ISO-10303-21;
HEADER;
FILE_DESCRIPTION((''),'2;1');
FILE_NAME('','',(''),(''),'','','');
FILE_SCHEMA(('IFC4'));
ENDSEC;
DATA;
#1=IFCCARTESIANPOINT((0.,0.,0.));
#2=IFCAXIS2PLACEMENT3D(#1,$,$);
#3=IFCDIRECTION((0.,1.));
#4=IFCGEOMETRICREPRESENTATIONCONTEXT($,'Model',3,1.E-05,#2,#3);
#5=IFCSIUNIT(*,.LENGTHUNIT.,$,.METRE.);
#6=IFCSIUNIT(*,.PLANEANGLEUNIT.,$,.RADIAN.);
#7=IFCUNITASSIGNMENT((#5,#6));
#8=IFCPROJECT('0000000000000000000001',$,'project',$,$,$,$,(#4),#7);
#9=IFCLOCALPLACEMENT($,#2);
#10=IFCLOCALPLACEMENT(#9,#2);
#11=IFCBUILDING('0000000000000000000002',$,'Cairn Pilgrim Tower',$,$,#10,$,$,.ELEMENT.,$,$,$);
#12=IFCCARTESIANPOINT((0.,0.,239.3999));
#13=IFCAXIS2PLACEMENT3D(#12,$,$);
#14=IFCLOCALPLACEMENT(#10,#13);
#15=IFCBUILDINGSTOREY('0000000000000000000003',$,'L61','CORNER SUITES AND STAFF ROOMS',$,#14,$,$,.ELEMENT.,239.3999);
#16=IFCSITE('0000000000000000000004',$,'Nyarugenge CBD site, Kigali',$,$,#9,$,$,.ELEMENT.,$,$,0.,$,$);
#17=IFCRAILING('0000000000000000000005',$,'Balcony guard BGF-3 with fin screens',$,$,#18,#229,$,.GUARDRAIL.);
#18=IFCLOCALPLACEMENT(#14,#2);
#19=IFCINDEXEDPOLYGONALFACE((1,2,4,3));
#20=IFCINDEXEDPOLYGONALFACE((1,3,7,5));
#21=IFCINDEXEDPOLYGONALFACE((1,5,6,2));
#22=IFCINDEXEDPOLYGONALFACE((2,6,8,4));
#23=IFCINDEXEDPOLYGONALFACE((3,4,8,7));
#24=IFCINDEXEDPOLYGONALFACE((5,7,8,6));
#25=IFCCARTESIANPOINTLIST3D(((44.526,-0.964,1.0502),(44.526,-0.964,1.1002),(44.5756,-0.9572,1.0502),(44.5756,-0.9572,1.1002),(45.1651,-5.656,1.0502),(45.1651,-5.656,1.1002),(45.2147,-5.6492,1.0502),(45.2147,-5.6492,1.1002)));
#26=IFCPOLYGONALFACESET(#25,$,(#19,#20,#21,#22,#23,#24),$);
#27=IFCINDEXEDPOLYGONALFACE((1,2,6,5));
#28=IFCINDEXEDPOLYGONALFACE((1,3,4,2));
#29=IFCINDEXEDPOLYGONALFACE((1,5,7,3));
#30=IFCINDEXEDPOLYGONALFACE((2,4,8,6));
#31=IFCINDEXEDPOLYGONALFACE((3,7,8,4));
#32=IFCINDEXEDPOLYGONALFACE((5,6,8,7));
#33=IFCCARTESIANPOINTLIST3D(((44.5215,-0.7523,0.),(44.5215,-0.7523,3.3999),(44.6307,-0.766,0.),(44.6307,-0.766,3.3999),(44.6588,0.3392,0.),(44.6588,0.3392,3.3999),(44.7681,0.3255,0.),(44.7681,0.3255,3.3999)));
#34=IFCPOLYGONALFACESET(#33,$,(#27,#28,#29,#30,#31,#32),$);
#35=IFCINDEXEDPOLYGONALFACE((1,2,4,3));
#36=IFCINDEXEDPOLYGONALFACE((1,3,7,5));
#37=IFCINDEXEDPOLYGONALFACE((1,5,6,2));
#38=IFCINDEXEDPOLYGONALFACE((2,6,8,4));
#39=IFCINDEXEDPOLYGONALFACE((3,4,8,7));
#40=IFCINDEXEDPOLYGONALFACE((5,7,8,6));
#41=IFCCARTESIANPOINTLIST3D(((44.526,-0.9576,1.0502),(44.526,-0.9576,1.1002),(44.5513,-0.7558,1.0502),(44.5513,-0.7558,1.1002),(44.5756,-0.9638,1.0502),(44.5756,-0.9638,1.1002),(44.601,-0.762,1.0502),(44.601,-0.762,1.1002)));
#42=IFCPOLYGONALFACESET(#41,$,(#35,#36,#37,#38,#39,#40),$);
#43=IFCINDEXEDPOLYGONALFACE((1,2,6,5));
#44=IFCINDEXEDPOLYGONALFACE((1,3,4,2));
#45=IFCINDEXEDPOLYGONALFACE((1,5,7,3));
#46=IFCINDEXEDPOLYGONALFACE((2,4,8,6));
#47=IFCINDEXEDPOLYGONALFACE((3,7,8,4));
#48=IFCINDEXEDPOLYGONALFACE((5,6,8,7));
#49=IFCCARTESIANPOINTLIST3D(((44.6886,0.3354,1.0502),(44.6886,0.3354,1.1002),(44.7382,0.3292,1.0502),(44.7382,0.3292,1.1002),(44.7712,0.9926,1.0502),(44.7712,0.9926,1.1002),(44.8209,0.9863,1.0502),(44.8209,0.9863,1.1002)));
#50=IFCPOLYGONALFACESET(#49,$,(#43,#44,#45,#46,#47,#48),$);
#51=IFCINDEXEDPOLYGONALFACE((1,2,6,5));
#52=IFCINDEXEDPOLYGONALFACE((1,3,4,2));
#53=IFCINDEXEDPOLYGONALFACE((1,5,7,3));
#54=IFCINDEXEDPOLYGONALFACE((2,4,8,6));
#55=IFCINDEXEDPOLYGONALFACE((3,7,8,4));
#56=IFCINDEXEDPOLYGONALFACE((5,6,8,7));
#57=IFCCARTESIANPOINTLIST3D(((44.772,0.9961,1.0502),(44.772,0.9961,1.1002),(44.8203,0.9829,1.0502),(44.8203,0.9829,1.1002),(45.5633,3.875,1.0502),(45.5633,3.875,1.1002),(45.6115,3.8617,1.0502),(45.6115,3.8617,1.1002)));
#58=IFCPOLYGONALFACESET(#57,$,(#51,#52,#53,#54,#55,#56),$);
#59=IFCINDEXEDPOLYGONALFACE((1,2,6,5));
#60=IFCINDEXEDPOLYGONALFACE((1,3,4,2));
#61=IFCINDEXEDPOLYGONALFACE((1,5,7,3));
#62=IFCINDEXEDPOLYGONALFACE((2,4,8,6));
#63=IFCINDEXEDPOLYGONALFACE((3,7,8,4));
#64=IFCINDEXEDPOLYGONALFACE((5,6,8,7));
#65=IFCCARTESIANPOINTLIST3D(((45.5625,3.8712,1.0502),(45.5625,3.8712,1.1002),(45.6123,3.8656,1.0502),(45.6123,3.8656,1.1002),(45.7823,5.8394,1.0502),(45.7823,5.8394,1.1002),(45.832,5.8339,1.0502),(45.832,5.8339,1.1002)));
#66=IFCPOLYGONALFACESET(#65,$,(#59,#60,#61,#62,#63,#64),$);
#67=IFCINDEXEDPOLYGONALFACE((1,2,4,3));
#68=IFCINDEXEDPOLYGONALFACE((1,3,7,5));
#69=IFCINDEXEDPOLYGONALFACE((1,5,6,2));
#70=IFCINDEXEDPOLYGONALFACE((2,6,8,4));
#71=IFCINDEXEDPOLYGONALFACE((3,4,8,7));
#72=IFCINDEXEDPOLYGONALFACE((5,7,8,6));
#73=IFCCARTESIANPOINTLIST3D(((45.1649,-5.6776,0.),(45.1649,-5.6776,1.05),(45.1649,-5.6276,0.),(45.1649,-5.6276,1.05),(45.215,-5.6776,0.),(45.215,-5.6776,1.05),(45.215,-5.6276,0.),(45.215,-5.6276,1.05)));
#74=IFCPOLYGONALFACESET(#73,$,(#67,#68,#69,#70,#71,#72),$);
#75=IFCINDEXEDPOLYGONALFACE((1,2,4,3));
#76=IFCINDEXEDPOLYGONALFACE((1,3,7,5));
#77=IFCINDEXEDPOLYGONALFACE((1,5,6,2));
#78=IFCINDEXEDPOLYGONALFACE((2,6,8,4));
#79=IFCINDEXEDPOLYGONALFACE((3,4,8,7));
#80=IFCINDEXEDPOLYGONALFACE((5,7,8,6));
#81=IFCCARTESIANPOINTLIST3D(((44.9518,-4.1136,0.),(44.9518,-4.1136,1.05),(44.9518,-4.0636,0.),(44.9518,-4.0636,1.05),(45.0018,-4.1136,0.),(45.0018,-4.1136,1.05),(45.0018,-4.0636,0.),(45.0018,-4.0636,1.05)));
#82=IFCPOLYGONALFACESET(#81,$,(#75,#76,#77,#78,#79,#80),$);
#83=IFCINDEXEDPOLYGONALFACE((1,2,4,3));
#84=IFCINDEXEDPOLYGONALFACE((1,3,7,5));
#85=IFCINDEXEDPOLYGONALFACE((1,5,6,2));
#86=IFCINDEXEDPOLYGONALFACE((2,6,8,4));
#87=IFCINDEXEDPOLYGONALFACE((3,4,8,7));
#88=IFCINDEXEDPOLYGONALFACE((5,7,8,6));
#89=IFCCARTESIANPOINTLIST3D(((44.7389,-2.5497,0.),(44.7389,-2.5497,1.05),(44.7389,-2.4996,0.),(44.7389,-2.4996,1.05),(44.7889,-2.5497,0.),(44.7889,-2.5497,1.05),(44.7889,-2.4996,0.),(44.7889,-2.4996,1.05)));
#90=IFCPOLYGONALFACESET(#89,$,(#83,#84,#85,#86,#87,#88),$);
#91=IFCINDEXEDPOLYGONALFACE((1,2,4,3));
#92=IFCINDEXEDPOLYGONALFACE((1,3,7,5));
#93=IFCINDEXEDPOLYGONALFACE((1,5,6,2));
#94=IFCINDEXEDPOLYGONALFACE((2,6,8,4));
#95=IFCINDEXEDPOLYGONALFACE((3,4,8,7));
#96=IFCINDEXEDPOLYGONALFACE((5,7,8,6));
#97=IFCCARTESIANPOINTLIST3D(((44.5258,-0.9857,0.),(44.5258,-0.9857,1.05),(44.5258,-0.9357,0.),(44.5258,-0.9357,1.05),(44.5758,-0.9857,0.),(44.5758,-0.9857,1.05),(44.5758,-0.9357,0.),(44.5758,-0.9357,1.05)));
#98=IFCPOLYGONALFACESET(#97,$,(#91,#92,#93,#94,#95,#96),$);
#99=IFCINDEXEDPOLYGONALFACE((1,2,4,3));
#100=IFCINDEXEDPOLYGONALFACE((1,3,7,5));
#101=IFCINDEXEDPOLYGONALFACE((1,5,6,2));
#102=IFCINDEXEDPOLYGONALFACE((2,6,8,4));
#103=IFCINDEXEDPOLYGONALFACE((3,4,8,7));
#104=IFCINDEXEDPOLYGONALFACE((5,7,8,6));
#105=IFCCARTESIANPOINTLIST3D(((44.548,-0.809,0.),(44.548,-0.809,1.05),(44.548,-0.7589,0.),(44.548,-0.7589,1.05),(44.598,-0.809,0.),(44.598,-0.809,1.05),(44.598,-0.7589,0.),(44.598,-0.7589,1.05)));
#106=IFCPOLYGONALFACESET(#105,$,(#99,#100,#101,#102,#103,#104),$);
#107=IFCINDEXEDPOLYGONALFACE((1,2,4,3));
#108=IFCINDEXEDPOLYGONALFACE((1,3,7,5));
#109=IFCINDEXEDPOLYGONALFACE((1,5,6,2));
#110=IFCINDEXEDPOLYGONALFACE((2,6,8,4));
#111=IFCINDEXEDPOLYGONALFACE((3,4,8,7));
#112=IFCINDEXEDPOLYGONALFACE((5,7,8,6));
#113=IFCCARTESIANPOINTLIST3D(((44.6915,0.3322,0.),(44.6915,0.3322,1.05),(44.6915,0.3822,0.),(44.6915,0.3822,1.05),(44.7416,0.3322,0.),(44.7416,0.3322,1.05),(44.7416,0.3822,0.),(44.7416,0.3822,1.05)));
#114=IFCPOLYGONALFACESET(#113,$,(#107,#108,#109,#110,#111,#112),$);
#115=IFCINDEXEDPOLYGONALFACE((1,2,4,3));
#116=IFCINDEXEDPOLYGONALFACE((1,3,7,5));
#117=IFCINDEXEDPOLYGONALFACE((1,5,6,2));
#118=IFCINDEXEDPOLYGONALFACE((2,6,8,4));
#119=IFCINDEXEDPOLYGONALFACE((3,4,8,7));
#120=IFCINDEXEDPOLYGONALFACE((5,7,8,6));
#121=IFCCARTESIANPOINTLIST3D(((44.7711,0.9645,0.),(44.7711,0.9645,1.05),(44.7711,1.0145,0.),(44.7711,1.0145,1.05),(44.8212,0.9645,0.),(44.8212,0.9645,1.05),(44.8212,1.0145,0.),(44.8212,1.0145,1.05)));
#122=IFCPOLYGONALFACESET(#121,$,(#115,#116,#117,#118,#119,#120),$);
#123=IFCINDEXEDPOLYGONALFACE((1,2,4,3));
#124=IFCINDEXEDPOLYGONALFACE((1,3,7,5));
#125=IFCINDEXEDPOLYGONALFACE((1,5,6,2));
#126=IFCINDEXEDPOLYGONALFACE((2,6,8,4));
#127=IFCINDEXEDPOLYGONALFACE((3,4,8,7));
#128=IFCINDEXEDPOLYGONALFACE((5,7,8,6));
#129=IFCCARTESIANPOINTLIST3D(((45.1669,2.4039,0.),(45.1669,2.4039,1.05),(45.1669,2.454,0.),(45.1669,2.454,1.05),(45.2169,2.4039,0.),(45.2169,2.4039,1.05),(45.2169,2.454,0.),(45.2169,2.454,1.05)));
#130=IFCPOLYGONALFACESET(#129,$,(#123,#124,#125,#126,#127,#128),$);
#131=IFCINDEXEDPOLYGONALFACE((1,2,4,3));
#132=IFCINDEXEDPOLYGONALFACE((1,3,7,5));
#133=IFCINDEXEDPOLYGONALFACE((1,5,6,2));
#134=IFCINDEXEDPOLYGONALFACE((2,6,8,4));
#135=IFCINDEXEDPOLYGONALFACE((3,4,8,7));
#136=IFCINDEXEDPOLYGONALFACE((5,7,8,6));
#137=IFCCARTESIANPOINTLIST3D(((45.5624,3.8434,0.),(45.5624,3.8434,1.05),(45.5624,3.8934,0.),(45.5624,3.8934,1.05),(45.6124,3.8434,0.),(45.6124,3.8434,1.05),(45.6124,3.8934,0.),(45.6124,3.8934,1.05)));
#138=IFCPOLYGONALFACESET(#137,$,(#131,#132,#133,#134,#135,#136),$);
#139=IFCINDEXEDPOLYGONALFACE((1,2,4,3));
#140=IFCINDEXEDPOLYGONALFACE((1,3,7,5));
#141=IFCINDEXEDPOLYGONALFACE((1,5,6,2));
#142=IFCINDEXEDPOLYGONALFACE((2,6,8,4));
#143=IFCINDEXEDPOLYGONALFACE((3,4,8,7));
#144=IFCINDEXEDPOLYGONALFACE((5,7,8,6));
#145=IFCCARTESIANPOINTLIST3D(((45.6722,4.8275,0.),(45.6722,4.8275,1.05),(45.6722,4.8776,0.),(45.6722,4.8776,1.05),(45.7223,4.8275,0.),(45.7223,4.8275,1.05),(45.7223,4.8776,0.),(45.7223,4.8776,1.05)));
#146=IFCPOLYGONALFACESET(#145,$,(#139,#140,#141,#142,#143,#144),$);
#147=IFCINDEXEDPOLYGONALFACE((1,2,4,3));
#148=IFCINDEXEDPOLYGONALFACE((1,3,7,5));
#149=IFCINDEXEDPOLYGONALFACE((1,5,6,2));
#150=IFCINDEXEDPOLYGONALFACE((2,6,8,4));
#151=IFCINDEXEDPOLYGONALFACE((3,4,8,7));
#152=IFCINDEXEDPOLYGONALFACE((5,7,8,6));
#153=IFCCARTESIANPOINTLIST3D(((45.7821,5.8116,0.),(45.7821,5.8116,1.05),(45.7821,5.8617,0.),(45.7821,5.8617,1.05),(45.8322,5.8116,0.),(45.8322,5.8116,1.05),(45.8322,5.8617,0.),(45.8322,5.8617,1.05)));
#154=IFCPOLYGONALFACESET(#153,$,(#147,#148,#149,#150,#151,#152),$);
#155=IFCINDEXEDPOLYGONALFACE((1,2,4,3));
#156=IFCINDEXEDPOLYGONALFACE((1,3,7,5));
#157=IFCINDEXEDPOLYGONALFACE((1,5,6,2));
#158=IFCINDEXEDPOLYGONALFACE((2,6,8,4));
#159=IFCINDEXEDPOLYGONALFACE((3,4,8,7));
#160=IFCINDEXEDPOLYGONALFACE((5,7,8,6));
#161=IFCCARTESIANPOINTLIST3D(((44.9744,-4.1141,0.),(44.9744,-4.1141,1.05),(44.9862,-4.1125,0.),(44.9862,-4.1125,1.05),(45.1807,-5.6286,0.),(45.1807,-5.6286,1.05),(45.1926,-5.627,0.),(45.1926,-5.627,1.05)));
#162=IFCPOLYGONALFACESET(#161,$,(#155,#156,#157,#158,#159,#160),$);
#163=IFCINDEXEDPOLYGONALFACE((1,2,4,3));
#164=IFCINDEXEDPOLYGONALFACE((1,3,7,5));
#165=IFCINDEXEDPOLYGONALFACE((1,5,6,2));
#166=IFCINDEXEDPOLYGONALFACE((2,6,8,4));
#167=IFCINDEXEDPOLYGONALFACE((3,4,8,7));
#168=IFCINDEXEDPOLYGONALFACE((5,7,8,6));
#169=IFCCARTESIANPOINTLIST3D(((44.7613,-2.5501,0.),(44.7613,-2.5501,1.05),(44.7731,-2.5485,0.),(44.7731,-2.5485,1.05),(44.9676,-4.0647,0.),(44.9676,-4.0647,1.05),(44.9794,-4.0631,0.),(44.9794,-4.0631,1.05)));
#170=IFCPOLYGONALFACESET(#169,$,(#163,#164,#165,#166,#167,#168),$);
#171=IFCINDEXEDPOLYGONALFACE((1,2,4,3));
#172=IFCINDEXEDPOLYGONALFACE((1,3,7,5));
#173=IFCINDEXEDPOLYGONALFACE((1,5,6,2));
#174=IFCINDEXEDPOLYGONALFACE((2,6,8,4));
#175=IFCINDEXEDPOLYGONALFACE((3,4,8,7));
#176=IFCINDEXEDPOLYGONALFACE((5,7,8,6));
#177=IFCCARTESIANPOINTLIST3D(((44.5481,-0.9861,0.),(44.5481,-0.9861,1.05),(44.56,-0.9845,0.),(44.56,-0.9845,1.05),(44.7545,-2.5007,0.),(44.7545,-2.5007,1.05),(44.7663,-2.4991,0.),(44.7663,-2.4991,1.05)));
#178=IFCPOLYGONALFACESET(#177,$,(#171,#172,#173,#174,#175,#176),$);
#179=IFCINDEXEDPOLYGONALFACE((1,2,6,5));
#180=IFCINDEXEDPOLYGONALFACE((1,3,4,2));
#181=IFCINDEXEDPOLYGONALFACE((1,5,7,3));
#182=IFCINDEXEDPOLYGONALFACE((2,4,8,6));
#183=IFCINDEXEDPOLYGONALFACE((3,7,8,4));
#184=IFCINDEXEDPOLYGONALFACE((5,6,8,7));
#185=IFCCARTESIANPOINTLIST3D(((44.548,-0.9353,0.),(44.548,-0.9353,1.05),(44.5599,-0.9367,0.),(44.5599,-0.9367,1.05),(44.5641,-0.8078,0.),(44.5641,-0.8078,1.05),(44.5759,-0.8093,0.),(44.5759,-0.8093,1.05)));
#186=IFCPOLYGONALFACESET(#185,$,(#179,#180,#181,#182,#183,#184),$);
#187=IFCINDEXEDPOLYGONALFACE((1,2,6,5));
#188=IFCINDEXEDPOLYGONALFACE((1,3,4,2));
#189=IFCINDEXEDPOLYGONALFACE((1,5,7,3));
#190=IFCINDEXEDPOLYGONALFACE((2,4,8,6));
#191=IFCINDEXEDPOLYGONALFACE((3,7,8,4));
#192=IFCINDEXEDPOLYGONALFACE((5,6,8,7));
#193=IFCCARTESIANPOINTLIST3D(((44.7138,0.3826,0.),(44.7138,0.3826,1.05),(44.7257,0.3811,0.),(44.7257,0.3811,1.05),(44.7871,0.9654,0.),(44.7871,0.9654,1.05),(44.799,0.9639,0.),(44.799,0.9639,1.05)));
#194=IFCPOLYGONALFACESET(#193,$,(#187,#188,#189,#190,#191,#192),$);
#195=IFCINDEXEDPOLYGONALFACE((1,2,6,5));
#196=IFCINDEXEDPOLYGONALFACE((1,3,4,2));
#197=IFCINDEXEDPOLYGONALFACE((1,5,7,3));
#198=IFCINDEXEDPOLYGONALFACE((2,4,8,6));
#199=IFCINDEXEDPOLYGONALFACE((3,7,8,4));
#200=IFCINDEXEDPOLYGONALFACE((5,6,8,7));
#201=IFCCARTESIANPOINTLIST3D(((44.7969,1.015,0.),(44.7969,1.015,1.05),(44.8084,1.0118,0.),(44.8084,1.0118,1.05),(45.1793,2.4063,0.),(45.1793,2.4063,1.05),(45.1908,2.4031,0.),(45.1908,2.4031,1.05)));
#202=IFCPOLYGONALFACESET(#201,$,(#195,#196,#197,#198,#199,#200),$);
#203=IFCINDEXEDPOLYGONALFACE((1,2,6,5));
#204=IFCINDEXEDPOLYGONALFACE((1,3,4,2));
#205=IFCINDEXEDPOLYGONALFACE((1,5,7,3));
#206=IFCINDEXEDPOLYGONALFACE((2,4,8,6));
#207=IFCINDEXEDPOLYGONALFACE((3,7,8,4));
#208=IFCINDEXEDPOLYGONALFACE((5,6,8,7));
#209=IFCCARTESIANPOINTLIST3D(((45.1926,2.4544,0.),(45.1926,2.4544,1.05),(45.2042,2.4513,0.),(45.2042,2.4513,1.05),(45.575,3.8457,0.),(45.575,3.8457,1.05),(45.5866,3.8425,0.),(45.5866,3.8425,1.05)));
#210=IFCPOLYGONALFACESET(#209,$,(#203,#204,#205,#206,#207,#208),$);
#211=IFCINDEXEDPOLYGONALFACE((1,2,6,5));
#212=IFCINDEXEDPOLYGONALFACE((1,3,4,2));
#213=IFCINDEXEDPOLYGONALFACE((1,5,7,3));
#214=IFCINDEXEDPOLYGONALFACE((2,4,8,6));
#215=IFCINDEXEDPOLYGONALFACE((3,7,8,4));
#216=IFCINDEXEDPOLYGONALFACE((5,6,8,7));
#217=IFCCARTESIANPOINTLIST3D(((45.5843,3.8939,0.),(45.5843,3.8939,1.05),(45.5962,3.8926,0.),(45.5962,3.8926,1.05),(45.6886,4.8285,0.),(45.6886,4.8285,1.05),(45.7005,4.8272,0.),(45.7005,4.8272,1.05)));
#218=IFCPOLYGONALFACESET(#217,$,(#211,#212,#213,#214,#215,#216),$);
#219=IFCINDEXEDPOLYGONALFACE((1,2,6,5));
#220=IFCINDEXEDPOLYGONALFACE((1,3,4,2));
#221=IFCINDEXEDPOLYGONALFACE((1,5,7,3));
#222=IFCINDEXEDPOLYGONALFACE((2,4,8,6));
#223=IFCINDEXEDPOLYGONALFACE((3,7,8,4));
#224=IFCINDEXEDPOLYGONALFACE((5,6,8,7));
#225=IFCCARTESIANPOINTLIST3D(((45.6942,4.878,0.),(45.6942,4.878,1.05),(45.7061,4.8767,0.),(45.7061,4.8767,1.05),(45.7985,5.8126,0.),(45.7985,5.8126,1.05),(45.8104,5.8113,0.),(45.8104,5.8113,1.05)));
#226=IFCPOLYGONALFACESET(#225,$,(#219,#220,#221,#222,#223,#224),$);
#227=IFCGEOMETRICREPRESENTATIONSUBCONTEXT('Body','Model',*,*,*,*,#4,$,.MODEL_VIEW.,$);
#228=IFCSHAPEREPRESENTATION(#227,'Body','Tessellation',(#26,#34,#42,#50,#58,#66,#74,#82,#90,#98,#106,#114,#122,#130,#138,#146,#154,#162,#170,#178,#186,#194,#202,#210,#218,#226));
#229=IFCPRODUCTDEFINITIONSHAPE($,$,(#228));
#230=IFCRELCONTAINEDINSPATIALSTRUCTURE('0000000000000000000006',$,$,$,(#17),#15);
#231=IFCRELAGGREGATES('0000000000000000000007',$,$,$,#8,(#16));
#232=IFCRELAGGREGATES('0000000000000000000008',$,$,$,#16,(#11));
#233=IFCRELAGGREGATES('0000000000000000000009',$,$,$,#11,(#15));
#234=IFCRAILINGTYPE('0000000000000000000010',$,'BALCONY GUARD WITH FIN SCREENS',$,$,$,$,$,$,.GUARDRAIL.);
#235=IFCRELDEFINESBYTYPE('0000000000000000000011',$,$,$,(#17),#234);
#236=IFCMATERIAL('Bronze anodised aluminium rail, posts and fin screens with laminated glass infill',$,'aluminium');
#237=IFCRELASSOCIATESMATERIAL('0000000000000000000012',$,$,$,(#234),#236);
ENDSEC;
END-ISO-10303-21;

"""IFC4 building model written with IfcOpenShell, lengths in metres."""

from ifc_helpers import new_model, si_unit, direction, frame, origin, origin_2d, place, context, subcontext, project, spatial, polyline, rectangle, outline, extrude, material, type_object, element, save


model = new_model("IFC4")

# Units and contexts
model_context = context("Model", 3, precision=1e-05, world=origin(), true_north=direction((0.0, 1.0)))
body_context = subcontext(model_context, "Body", "Model", "MODEL_VIEW")
ifc_project = project(units=[si_unit("LENGTHUNIT", "METRE"), si_unit("PLANEANGLEUNIT", "RADIAN")], contexts=[model_context])

# Site, building, storey
site_placement = place(None, origin())
site = spatial("IfcSite", under=ifc_project, at=site_placement, Name="Nyarugenge CBD site, Kigali", CompositionType="ELEMENT", RefElevation=0.0)
building_placement = place(site_placement, origin())
building = spatial("IfcBuilding", under=site, at=building_placement, Name="Cairn Pilgrim Tower", CompositionType="ELEMENT")
storey_placement = place(building_placement, frame((0.0, 0.0, 239.3999)))
storey = spatial("IfcBuildingStorey", under=building, at=storey_placement, Name="L61", Description="CORNER SUITES AND STAFF ROOMS", CompositionType="ELEMENT", Elevation=239.3999)

# Railing
ifc_material_1 = material(Name="Bronze anodised aluminium rail, posts and fin screens with laminated glass infill", Category="aluminium")
railing_type = type_object("IfcRailingType", Name="BALCONY GUARD WITH FIN SCREENS", PredefinedType="GUARDRAIL", material=ifc_material_1)
railing_placement = place(storey_placement, frame((45.1899, -5.6526, 0.0)))
element("IfcRailing", 1, at=railing_placement, inside=storey, type_object=railing_type, Name="Balcony guard BGF-3 with fin screens", PredefinedType="GUARDRAIL", context=body_context, shape_type="SweptSolid", body=[
    extrude(rectangle(XDim=0.05, YDim=0.05, at=origin_2d()), frame((0.0, 0.0, 1.0752), z_axis=(-0.13498, 0.990848, 0.0), x_axis=(-0.990848, -0.13498, 0.0)), (0.0, 0.0, 1.0), 4.7354),
    extrude(rectangle(XDim=1.1001, YDim=0.1101, at=origin_2d()), frame((-0.5452, 5.4392, 0.0), z_axis=(0.0, 0.0, 1.0), x_axis=(0.12483, 0.992178, 0.0)), (0.0, 0.0, 1.0), 3.3999),
    extrude(rectangle(XDim=0.05, YDim=0.05, at=origin_2d()), frame((-0.6392, 4.6919, 1.0752), z_axis=(0.12483, 0.992178, 0.0), x_axis=(-0.992178, 0.12483, 0.0)), (0.0, 0.0, 1.0), 0.2034),
    extrude(rectangle(XDim=0.05, YDim=0.05, at=origin_2d()), frame((-0.4766, 5.9849, 1.0752), z_axis=(0.12483, 0.992178, 0.0), x_axis=(-0.992178, 0.12483, 0.0)), (0.0, 0.0, 1.0), 0.6624),
    extrude(rectangle(XDim=0.05, YDim=0.05, at=origin_2d()), frame((-0.3938, 6.6421, 1.0752), z_axis=(0.26502, 0.964243, 0.0), x_axis=(-0.964243, 0.26502, 0.0)), (0.0, 0.0, 1.0), 2.9856),
    extrude(rectangle(XDim=0.05, YDim=0.05, at=origin_2d()), frame((0.3975, 9.521, 1.0752), z_axis=(0.110946, 0.993826, 0.0), x_axis=(-0.993826, 0.110946, 0.0)), (0.0, 0.0, 1.0), 1.9805),
    extrude(rectangle(XDim=0.05, YDim=0.05, at=origin_2d()), origin(), (0.0, 0.0, 1.0), 1.05),
    extrude(rectangle(XDim=0.05, YDim=0.05, at=origin_2d()), frame((-0.2131, 1.564, 0.0)), (0.0, 0.0, 1.0), 1.05),
    extrude(rectangle(XDim=0.05, YDim=0.05, at=origin_2d()), frame((-0.426, 3.1279, 0.0)), (0.0, 0.0, 1.0), 1.05),
    extrude(rectangle(XDim=0.05, YDim=0.05, at=origin_2d()), frame((-0.6392, 4.6919, 0.0)), (0.0, 0.0, 1.0), 1.05),
    extrude(rectangle(XDim=0.05, YDim=0.05, at=origin_2d()), frame((-0.6169, 4.8687, 0.0)), (0.0, 0.0, 1.0), 1.05),
    extrude(rectangle(XDim=0.05, YDim=0.05, at=origin_2d()), frame((-0.4734, 6.0098, 0.0)), (0.0, 0.0, 1.0), 1.05),
    extrude(rectangle(XDim=0.05, YDim=0.05, at=origin_2d()), frame((-0.3938, 6.6421, 0.0)), (0.0, 0.0, 1.0), 1.05),
    extrude(rectangle(XDim=0.05, YDim=0.05, at=origin_2d()), frame((0.002, 8.0815, 0.0)), (0.0, 0.0, 1.0), 1.05),
    extrude(rectangle(XDim=0.05, YDim=0.05, at=origin_2d()), frame((0.3975, 9.521, 0.0)), (0.0, 0.0, 1.0), 1.05),
    extrude(rectangle(XDim=0.05, YDim=0.05, at=origin_2d()), frame((0.5073, 10.5051, 0.0)), (0.0, 0.0, 1.0), 1.05),
    extrude(rectangle(XDim=0.05, YDim=0.05, at=origin_2d()), frame((0.6172, 11.4893, 0.0)), (0.0, 0.0, 1.0), 1.05),
    extrude(outline(polyline([(0.0249, 0.0), (1.5535, 0.0), (1.5535, 1.05), (0.0249, 1.05), (0.0249, 0.0)])), frame((-0.0059, -0.0007, 0.0), z_axis=(0.990848, 0.13498, 0.0), x_axis=(-0.13498, 0.990848, 0.0)), (0.0, 0.0, 1.0), 0.012),
    extrude(outline(polyline([(0.0249, 0.0), (1.5535, 0.0), (1.5535, 1.05), (0.0249, 1.05), (0.0249, 0.0)])), frame((-0.219, 1.5632, 0.0), z_axis=(0.990848, 0.13498, 0.0), x_axis=(-0.13498, 0.990848, 0.0)), (0.0, 0.0, 1.0), 0.012),
    extrude(outline(polyline([(0.0249, 0.0), (1.5535, 0.0), (1.5535, 1.05), (0.0249, 1.05), (0.0249, 0.0)])), frame((-0.4321, 3.1272, 0.0), z_axis=(0.990848, 0.13498, 0.0), x_axis=(-0.13498, 0.990848, 0.0)), (0.0, 0.0, 1.0), 0.012),
    extrude(outline(polyline([(0.0249, 0.0), (0.1533, 0.0), (0.1533, 1.05), (0.0249, 1.05), (0.0249, 0.0)])), frame((-0.645, 4.6926, 0.0), z_axis=(0.992178, -0.12483, 0.0), x_axis=(0.12483, 0.992178, 0.0)), (0.0, 0.0, 1.0), 0.012),
    extrude(outline(polyline([(0.0249, 0.0), (0.6123, 0.0), (0.6123, 1.05), (0.0249, 1.05), (0.0249, 0.0)])), frame((-0.4792, 6.0105, 0.0), z_axis=(0.992178, -0.12483, 0.0), x_axis=(0.12483, 0.992178, 0.0)), (0.0, 0.0, 1.0), 0.012),
    extrude(outline(polyline([(0.0249, 0.0), (1.4678, 0.0), (1.4678, 1.05), (0.0249, 1.05), (0.0249, 0.0)])), frame((-0.3997, 6.6436, 0.0), z_axis=(0.964243, -0.26502, 0.0), x_axis=(0.26502, 0.964243, 0.0)), (0.0, 0.0, 1.0), 0.012),
    extrude(outline(polyline([(0.0249, 0.0), (1.4678, 0.0), (1.4678, 1.05), (0.0249, 1.05), (0.0249, 0.0)])), frame((-0.0039, 8.083, 0.0), z_axis=(0.964243, -0.26502, 0.0), x_axis=(0.26502, 0.964243, 0.0)), (0.0, 0.0, 1.0), 0.012),
    extrude(outline(polyline([(0.0249, 0.0), (0.9653, 0.0), (0.9653, 1.05), (0.0249, 1.05), (0.0249, 0.0)])), frame((0.3916, 9.5217, 0.0), z_axis=(0.993826, -0.110946, 0.0), x_axis=(0.110946, 0.993826, 0.0)), (0.0, 0.0, 1.0), 0.012),
    extrude(outline(polyline([(0.0249, 0.0), (0.9653, 0.0), (0.9653, 1.05), (0.0249, 1.05), (0.0249, 0.0)])), frame((0.5015, 10.5059, 0.0), z_axis=(0.993826, -0.110946, 0.0), x_axis=(0.110946, 0.993826, 0.0)), (0.0, 0.0, 1.0), 0.012),
])

save(model, "model.ifc")
